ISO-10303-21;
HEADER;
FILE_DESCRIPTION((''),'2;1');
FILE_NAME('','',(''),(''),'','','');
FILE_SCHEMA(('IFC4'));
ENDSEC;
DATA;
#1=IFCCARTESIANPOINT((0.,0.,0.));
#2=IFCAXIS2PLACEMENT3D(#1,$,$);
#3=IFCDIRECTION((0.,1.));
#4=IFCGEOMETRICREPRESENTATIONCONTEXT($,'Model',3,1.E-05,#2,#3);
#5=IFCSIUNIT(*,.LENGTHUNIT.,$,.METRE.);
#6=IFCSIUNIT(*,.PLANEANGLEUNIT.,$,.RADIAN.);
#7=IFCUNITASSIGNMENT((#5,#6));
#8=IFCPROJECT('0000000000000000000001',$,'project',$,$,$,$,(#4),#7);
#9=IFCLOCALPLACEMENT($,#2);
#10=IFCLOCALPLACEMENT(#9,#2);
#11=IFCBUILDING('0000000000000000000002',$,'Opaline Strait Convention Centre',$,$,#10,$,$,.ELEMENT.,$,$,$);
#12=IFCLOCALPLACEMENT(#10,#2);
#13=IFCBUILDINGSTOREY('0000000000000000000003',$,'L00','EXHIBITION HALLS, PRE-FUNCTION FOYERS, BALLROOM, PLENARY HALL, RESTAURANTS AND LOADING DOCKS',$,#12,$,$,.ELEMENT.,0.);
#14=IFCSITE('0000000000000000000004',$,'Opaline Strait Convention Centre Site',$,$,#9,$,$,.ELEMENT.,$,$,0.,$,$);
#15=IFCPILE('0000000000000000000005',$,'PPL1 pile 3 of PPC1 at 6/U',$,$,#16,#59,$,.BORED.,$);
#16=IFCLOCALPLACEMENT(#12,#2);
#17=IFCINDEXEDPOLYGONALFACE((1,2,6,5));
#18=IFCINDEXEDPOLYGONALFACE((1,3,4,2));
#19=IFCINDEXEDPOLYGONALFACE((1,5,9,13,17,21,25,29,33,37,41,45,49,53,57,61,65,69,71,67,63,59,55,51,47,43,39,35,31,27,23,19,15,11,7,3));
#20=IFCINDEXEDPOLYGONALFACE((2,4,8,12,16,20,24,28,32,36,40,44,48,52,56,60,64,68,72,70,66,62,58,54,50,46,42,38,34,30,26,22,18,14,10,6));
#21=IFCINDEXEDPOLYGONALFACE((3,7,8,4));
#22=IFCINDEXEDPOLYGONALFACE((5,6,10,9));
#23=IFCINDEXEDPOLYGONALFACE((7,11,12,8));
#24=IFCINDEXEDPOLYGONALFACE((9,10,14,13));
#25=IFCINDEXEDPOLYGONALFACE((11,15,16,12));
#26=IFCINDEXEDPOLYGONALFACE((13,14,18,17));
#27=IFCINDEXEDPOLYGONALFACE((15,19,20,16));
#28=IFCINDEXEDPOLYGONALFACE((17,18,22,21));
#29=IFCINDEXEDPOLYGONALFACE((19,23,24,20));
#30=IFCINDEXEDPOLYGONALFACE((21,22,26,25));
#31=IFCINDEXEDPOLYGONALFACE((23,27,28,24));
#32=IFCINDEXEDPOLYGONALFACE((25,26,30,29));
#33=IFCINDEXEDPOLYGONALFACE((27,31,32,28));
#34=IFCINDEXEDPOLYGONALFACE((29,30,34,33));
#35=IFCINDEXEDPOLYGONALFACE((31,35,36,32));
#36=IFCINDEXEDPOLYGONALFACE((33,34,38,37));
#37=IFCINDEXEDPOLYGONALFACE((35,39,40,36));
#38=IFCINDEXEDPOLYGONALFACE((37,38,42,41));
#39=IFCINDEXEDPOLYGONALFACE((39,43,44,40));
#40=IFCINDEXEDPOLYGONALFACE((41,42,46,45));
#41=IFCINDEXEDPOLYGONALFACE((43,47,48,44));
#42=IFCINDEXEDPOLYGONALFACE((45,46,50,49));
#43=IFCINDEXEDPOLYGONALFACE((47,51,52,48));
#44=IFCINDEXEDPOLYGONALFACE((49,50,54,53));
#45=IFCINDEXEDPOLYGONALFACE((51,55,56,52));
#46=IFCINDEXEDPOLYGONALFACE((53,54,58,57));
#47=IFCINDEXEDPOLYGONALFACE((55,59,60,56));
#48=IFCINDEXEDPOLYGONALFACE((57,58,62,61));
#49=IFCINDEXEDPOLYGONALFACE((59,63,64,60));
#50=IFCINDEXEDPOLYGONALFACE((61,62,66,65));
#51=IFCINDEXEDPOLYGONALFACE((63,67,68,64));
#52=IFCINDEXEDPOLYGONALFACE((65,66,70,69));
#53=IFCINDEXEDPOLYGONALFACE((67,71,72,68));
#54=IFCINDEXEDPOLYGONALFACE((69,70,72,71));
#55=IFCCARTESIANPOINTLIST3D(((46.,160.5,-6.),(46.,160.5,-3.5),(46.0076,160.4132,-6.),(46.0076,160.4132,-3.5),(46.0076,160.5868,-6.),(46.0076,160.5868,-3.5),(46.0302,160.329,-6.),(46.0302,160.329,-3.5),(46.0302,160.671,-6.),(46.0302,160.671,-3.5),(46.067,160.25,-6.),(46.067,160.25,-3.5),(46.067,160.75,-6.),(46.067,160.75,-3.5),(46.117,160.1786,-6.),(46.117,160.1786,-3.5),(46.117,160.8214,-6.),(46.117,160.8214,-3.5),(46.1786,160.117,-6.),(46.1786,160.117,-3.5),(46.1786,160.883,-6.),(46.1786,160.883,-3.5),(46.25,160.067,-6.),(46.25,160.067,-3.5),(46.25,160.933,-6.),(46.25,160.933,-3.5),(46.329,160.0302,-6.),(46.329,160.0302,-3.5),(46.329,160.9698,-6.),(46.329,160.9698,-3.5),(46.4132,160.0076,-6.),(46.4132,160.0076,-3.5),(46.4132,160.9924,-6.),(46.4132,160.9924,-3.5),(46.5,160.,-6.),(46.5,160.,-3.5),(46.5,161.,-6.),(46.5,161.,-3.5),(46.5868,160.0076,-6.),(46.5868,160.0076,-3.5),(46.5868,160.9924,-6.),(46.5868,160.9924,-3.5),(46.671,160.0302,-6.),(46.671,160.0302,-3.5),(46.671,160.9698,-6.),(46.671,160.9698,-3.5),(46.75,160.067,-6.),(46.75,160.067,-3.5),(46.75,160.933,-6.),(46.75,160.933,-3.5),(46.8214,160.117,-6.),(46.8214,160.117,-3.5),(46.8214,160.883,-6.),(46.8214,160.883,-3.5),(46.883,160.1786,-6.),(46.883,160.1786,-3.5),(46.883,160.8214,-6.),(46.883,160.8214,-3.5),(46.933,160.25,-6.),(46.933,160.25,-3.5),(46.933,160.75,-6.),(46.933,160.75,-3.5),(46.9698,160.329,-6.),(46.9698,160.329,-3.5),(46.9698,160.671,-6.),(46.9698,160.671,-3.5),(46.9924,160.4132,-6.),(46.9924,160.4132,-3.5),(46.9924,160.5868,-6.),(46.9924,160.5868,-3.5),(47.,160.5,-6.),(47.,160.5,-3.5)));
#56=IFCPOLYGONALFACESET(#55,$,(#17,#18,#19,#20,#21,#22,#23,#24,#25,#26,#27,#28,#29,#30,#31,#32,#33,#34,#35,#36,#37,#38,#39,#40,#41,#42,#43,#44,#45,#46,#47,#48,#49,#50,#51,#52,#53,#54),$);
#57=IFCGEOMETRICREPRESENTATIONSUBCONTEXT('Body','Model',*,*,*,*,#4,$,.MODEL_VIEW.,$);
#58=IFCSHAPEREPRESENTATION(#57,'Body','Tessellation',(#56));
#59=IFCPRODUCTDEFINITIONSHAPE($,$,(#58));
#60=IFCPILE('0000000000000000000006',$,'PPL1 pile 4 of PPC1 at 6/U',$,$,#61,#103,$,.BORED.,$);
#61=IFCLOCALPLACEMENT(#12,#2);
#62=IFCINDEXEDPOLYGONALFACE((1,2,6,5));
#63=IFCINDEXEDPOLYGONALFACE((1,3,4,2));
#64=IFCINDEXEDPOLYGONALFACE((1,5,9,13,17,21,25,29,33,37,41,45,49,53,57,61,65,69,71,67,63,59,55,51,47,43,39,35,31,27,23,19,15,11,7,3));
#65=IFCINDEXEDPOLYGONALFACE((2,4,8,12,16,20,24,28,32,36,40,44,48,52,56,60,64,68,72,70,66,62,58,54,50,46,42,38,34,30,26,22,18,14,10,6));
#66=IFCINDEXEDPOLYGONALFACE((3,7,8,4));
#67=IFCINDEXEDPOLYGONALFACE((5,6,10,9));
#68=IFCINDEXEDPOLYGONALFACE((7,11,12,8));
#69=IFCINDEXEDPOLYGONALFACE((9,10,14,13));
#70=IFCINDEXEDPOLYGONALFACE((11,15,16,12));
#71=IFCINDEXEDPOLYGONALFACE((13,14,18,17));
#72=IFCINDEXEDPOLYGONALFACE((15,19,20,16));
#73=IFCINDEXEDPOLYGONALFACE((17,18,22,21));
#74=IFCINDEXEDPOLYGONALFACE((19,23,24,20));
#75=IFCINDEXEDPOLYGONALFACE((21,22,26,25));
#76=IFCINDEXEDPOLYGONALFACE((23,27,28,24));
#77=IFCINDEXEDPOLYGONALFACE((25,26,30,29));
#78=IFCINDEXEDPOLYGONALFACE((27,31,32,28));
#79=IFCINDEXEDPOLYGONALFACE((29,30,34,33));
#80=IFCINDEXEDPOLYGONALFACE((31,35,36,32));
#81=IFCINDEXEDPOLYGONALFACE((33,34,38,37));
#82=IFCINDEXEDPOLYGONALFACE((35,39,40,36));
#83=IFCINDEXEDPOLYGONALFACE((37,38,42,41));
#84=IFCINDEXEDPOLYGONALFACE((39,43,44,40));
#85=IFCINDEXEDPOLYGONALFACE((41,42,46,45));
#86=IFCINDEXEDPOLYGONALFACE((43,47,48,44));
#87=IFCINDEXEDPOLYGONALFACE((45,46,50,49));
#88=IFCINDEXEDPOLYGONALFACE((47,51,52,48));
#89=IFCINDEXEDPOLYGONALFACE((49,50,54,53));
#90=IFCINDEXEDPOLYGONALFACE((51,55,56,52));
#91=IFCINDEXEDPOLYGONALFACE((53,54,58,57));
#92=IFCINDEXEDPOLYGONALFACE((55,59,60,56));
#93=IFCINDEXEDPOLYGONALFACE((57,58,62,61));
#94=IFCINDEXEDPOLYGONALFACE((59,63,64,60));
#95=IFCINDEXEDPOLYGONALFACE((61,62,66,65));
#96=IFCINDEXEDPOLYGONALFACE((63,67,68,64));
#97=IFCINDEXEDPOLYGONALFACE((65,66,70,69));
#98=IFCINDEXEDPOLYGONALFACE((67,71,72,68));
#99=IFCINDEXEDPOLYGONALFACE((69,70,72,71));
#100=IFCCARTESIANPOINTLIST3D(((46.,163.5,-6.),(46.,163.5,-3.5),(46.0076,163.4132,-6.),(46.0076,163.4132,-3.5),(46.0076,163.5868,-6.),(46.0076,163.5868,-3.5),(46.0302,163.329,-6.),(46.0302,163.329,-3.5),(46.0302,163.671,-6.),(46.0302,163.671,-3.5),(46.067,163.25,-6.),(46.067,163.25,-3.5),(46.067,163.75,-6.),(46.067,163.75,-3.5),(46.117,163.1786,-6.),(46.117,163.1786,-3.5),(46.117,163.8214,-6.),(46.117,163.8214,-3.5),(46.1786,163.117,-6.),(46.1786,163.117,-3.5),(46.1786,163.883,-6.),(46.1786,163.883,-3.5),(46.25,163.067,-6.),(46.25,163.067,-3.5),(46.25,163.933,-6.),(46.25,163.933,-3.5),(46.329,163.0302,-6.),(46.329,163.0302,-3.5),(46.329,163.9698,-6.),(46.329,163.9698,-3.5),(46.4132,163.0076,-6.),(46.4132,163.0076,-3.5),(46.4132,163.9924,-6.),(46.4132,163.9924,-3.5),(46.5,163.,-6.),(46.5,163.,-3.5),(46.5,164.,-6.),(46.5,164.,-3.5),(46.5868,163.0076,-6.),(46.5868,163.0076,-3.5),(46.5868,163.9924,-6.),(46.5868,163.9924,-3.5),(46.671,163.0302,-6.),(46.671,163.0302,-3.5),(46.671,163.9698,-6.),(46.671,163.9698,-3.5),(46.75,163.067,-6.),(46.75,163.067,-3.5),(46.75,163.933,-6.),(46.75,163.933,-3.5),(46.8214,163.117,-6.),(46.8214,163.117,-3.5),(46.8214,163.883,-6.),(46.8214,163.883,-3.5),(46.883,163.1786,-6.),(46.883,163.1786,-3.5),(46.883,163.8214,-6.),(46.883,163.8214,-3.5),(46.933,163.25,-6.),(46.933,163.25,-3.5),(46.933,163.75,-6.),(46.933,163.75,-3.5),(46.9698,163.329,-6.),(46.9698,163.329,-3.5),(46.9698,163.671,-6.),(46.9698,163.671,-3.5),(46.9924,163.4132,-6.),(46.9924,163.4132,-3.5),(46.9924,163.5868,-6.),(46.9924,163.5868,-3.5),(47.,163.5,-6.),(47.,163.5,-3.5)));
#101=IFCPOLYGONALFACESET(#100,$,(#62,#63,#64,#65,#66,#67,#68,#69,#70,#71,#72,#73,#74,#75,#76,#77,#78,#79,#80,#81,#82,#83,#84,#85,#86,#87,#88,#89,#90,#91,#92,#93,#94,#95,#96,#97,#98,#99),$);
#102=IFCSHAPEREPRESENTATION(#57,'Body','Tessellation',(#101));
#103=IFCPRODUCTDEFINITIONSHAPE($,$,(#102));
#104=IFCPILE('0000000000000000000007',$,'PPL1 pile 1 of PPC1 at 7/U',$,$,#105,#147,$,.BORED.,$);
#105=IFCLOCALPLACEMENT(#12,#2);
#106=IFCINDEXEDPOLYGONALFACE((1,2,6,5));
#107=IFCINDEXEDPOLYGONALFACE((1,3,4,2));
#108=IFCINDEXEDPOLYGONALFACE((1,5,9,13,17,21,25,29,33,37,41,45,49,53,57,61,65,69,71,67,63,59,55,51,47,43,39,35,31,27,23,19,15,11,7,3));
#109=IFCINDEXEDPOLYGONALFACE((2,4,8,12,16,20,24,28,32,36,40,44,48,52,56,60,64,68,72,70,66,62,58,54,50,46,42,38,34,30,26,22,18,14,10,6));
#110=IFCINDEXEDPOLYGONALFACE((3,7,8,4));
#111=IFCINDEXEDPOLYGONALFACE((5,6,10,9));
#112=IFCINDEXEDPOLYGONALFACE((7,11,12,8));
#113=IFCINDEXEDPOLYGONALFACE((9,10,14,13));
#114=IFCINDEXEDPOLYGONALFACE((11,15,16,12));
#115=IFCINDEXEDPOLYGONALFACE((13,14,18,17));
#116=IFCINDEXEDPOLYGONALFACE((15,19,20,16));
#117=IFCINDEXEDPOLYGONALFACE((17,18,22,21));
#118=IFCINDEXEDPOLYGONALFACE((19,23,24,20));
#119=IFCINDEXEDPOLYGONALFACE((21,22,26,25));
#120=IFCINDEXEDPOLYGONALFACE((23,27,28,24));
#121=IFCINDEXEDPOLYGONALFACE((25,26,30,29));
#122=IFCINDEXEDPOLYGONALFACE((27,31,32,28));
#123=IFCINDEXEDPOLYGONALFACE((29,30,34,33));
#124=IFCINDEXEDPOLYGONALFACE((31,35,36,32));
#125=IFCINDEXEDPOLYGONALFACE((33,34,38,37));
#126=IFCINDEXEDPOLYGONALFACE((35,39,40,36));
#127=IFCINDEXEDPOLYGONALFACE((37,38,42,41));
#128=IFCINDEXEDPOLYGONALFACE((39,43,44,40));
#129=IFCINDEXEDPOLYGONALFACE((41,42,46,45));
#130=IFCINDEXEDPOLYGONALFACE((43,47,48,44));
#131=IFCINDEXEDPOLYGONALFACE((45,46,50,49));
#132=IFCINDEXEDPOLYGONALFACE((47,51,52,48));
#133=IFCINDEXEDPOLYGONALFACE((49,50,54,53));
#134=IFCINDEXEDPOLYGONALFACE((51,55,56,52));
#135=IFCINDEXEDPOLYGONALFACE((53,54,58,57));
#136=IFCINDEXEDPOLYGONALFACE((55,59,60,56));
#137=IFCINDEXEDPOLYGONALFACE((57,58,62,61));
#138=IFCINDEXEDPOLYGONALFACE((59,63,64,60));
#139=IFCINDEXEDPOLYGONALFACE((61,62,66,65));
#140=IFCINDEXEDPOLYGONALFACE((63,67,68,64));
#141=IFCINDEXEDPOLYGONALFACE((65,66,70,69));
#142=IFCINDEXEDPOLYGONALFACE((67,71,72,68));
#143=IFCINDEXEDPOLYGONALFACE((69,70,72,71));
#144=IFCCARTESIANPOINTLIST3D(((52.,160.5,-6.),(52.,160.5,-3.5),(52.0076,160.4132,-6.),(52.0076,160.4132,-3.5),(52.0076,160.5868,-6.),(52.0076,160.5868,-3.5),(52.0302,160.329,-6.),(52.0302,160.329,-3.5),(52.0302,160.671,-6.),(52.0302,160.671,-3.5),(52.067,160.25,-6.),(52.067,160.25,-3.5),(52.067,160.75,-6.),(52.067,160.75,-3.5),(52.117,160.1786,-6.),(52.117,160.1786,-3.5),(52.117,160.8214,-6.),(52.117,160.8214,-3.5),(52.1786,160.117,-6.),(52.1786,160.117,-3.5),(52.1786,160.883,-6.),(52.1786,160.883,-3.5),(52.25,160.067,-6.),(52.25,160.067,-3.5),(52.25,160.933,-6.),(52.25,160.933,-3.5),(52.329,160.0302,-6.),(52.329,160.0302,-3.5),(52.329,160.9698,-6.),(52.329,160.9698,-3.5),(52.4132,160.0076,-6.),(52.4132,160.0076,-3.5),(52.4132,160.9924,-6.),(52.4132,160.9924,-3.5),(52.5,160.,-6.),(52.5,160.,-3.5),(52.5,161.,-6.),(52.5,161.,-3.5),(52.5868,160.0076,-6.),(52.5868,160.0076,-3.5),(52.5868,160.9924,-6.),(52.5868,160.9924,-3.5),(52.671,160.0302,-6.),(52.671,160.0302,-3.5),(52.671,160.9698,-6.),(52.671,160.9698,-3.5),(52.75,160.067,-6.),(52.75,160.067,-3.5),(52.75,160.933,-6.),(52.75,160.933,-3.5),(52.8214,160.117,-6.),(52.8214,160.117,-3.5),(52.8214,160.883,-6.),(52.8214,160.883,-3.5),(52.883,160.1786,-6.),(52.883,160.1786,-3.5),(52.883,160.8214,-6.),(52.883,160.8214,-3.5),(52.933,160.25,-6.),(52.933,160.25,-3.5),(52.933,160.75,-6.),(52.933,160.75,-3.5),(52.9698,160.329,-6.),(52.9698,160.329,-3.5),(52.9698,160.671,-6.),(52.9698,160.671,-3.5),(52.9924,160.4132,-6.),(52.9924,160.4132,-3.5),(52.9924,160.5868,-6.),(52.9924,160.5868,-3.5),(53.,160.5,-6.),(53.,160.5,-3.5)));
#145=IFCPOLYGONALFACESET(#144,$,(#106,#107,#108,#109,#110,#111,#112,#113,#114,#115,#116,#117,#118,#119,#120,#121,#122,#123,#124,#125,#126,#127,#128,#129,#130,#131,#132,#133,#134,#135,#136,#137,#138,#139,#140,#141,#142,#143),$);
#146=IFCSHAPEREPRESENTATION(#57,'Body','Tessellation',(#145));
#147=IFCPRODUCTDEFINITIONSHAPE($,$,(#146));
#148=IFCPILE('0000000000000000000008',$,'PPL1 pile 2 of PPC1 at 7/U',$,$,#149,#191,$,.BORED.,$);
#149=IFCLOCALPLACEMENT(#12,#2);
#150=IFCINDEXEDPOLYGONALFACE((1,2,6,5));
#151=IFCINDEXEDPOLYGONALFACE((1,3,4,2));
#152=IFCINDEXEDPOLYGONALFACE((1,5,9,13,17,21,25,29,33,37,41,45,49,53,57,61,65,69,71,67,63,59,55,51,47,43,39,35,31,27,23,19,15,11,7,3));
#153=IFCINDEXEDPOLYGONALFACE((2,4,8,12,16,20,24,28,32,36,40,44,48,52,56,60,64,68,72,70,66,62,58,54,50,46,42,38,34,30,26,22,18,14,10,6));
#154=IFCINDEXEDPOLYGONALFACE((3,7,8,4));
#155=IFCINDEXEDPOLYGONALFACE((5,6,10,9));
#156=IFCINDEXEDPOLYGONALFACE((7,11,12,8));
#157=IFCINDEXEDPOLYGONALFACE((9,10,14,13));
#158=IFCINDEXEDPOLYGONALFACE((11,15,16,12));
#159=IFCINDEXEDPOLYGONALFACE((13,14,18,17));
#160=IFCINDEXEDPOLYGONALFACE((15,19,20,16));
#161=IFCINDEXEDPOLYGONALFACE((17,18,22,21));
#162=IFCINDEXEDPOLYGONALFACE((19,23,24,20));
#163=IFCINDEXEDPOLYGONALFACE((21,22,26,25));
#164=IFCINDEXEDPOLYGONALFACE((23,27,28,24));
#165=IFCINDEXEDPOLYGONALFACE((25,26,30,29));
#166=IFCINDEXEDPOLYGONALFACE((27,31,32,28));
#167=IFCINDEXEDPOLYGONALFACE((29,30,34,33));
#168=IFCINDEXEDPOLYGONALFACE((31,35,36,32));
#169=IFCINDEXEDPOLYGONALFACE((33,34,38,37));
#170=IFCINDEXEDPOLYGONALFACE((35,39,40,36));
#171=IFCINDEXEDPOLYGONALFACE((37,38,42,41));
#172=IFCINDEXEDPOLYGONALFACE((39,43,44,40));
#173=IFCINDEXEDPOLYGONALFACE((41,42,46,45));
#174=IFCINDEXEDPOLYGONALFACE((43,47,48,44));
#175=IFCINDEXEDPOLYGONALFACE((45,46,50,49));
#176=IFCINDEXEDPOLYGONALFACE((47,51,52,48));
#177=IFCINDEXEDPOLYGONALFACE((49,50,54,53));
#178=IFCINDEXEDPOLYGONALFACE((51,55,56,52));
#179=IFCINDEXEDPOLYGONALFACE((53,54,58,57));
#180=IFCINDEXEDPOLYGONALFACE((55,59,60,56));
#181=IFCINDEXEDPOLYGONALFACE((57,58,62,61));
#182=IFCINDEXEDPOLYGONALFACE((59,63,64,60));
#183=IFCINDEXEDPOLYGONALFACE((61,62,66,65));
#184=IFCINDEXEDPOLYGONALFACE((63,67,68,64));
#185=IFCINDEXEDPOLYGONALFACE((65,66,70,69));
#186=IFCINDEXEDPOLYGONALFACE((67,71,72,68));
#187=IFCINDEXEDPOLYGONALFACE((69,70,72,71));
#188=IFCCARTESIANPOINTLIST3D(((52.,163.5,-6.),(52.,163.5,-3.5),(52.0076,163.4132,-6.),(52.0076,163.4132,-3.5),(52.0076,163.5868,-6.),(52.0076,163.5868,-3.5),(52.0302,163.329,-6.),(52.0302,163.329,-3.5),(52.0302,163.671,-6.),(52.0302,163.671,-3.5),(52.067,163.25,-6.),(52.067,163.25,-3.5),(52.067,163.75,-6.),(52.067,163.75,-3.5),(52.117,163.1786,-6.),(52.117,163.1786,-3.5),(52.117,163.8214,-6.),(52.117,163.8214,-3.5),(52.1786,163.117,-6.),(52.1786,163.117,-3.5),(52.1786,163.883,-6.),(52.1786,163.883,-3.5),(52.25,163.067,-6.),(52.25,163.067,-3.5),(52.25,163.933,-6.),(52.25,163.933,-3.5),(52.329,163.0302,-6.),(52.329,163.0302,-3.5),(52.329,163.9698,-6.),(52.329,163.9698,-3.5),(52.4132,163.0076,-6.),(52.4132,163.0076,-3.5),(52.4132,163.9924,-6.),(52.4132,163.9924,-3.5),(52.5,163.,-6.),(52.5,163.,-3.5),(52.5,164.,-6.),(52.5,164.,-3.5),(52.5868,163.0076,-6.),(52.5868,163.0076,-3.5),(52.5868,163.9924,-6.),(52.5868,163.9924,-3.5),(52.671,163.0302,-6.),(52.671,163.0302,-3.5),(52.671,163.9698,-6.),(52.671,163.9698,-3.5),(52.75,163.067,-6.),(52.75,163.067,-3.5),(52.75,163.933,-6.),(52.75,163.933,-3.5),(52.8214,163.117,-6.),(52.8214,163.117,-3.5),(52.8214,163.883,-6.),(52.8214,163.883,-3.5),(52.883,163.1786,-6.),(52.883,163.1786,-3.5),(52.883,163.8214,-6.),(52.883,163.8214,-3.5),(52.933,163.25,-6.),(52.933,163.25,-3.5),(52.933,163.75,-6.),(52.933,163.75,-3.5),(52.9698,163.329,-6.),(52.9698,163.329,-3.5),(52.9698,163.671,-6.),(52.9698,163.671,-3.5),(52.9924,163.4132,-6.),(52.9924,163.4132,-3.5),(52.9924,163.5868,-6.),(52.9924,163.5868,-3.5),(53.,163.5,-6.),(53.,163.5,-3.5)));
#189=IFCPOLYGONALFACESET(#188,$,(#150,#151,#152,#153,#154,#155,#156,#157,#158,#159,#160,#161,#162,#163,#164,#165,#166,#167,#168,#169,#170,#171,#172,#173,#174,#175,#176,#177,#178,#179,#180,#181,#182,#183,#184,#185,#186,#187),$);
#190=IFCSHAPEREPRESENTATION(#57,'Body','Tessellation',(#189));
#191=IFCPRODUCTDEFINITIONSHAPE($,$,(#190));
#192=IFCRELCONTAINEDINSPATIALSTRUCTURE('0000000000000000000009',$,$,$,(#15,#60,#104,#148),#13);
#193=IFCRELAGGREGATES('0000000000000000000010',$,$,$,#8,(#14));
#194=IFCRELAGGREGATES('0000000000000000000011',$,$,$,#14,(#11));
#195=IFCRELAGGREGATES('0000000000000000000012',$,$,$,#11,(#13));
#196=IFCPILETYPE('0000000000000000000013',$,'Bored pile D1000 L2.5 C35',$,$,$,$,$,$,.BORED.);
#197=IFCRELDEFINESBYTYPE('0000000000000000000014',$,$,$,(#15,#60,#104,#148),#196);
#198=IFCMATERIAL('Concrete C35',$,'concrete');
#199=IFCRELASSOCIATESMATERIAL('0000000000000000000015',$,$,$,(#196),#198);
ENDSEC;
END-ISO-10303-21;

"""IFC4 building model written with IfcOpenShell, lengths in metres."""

from ifc_helpers import new_model, si_unit, direction, frame, origin, origin_2d, place, context, subcontext, project, spatial, circle, extrude, material, material_profile, profile_set, type_object, element, save


model = new_model("IFC4")

# Units and contexts
model_context = context("Model", 3, precision=1e-05, world=origin(), true_north=direction((0.0, 1.0)))
body_context = subcontext(model_context, "Body", "Model", "MODEL_VIEW")
ifc_project = project(units=[si_unit("LENGTHUNIT", "METRE"), si_unit("PLANEANGLEUNIT", "RADIAN")], contexts=[model_context])

# Site, building, storey
site_placement = place(None, origin())
site = spatial("IfcSite", under=ifc_project, at=site_placement, Name="Opaline Strait Convention Centre Site", CompositionType="ELEMENT", RefElevation=0.0)
building_placement = place(site_placement, origin())
building = spatial("IfcBuilding", under=site, at=building_placement, Name="Opaline Strait Convention Centre", CompositionType="ELEMENT")
storey_placement = place(building_placement, origin())
storey = spatial("IfcBuildingStorey", under=building, at=storey_placement, Name="L00", Description="EXHIBITION HALLS, PRE-FUNCTION FOYERS, BALLROOM, PLENARY HALL, RESTAURANTS AND LOADING DOCKS", CompositionType="ELEMENT", Elevation=0.0)

# Piles
ifc_material_1 = material(Name="Concrete C35", Category="concrete")
ifc_material_profile_1 = material_profile(ifc_material_1, circle(Radius=0.5, at=origin_2d()), Name="D1000")
ifc_profile_set_1 = profile_set([ifc_material_profile_1], Name="Concrete C35")
pile_type = type_object("IfcPileType", Name="Bored pile D1000 L2.5 C35", PredefinedType="BORED", material=ifc_profile_set_1)
for number, where, z_axis, x_axis, name in (
    (1, (46.5, 160.5, -3.5), (0.0, 0.0, -1.0), (1.0, 0.0, 0.0), "PPL1 pile 3 of PPC1 at 6/U"),
    (2, (46.5, 163.5, -3.5), (0.0, 0.0, -1.0), (1.0, 0.0, 0.0), "PPL1 pile 4 of PPC1 at 6/U"),
    (3, (52.5, 160.5, -3.5), (0.0, 0.0, -1.0), (1.0, 0.0, 0.0), "PPL1 pile 1 of PPC1 at 7/U"),
    (4, (52.5, 163.5, -3.5), (0.0, 0.0, -1.0), (1.0, 0.0, 0.0), "PPL1 pile 2 of PPC1 at 7/U"),
):
    element("IfcPile", number, at=place(storey_placement, frame(where, z_axis=z_axis, x_axis=x_axis)), inside=storey, type_object=pile_type, Name=name, PredefinedType="BORED", context=body_context, shape_type="SweptSolid", body=[
        extrude(circle(Radius=0.5, at=origin_2d()), origin(), (0.0, 0.0, 1.0), 2.5),
    ])

save(model, "model.ifc")
